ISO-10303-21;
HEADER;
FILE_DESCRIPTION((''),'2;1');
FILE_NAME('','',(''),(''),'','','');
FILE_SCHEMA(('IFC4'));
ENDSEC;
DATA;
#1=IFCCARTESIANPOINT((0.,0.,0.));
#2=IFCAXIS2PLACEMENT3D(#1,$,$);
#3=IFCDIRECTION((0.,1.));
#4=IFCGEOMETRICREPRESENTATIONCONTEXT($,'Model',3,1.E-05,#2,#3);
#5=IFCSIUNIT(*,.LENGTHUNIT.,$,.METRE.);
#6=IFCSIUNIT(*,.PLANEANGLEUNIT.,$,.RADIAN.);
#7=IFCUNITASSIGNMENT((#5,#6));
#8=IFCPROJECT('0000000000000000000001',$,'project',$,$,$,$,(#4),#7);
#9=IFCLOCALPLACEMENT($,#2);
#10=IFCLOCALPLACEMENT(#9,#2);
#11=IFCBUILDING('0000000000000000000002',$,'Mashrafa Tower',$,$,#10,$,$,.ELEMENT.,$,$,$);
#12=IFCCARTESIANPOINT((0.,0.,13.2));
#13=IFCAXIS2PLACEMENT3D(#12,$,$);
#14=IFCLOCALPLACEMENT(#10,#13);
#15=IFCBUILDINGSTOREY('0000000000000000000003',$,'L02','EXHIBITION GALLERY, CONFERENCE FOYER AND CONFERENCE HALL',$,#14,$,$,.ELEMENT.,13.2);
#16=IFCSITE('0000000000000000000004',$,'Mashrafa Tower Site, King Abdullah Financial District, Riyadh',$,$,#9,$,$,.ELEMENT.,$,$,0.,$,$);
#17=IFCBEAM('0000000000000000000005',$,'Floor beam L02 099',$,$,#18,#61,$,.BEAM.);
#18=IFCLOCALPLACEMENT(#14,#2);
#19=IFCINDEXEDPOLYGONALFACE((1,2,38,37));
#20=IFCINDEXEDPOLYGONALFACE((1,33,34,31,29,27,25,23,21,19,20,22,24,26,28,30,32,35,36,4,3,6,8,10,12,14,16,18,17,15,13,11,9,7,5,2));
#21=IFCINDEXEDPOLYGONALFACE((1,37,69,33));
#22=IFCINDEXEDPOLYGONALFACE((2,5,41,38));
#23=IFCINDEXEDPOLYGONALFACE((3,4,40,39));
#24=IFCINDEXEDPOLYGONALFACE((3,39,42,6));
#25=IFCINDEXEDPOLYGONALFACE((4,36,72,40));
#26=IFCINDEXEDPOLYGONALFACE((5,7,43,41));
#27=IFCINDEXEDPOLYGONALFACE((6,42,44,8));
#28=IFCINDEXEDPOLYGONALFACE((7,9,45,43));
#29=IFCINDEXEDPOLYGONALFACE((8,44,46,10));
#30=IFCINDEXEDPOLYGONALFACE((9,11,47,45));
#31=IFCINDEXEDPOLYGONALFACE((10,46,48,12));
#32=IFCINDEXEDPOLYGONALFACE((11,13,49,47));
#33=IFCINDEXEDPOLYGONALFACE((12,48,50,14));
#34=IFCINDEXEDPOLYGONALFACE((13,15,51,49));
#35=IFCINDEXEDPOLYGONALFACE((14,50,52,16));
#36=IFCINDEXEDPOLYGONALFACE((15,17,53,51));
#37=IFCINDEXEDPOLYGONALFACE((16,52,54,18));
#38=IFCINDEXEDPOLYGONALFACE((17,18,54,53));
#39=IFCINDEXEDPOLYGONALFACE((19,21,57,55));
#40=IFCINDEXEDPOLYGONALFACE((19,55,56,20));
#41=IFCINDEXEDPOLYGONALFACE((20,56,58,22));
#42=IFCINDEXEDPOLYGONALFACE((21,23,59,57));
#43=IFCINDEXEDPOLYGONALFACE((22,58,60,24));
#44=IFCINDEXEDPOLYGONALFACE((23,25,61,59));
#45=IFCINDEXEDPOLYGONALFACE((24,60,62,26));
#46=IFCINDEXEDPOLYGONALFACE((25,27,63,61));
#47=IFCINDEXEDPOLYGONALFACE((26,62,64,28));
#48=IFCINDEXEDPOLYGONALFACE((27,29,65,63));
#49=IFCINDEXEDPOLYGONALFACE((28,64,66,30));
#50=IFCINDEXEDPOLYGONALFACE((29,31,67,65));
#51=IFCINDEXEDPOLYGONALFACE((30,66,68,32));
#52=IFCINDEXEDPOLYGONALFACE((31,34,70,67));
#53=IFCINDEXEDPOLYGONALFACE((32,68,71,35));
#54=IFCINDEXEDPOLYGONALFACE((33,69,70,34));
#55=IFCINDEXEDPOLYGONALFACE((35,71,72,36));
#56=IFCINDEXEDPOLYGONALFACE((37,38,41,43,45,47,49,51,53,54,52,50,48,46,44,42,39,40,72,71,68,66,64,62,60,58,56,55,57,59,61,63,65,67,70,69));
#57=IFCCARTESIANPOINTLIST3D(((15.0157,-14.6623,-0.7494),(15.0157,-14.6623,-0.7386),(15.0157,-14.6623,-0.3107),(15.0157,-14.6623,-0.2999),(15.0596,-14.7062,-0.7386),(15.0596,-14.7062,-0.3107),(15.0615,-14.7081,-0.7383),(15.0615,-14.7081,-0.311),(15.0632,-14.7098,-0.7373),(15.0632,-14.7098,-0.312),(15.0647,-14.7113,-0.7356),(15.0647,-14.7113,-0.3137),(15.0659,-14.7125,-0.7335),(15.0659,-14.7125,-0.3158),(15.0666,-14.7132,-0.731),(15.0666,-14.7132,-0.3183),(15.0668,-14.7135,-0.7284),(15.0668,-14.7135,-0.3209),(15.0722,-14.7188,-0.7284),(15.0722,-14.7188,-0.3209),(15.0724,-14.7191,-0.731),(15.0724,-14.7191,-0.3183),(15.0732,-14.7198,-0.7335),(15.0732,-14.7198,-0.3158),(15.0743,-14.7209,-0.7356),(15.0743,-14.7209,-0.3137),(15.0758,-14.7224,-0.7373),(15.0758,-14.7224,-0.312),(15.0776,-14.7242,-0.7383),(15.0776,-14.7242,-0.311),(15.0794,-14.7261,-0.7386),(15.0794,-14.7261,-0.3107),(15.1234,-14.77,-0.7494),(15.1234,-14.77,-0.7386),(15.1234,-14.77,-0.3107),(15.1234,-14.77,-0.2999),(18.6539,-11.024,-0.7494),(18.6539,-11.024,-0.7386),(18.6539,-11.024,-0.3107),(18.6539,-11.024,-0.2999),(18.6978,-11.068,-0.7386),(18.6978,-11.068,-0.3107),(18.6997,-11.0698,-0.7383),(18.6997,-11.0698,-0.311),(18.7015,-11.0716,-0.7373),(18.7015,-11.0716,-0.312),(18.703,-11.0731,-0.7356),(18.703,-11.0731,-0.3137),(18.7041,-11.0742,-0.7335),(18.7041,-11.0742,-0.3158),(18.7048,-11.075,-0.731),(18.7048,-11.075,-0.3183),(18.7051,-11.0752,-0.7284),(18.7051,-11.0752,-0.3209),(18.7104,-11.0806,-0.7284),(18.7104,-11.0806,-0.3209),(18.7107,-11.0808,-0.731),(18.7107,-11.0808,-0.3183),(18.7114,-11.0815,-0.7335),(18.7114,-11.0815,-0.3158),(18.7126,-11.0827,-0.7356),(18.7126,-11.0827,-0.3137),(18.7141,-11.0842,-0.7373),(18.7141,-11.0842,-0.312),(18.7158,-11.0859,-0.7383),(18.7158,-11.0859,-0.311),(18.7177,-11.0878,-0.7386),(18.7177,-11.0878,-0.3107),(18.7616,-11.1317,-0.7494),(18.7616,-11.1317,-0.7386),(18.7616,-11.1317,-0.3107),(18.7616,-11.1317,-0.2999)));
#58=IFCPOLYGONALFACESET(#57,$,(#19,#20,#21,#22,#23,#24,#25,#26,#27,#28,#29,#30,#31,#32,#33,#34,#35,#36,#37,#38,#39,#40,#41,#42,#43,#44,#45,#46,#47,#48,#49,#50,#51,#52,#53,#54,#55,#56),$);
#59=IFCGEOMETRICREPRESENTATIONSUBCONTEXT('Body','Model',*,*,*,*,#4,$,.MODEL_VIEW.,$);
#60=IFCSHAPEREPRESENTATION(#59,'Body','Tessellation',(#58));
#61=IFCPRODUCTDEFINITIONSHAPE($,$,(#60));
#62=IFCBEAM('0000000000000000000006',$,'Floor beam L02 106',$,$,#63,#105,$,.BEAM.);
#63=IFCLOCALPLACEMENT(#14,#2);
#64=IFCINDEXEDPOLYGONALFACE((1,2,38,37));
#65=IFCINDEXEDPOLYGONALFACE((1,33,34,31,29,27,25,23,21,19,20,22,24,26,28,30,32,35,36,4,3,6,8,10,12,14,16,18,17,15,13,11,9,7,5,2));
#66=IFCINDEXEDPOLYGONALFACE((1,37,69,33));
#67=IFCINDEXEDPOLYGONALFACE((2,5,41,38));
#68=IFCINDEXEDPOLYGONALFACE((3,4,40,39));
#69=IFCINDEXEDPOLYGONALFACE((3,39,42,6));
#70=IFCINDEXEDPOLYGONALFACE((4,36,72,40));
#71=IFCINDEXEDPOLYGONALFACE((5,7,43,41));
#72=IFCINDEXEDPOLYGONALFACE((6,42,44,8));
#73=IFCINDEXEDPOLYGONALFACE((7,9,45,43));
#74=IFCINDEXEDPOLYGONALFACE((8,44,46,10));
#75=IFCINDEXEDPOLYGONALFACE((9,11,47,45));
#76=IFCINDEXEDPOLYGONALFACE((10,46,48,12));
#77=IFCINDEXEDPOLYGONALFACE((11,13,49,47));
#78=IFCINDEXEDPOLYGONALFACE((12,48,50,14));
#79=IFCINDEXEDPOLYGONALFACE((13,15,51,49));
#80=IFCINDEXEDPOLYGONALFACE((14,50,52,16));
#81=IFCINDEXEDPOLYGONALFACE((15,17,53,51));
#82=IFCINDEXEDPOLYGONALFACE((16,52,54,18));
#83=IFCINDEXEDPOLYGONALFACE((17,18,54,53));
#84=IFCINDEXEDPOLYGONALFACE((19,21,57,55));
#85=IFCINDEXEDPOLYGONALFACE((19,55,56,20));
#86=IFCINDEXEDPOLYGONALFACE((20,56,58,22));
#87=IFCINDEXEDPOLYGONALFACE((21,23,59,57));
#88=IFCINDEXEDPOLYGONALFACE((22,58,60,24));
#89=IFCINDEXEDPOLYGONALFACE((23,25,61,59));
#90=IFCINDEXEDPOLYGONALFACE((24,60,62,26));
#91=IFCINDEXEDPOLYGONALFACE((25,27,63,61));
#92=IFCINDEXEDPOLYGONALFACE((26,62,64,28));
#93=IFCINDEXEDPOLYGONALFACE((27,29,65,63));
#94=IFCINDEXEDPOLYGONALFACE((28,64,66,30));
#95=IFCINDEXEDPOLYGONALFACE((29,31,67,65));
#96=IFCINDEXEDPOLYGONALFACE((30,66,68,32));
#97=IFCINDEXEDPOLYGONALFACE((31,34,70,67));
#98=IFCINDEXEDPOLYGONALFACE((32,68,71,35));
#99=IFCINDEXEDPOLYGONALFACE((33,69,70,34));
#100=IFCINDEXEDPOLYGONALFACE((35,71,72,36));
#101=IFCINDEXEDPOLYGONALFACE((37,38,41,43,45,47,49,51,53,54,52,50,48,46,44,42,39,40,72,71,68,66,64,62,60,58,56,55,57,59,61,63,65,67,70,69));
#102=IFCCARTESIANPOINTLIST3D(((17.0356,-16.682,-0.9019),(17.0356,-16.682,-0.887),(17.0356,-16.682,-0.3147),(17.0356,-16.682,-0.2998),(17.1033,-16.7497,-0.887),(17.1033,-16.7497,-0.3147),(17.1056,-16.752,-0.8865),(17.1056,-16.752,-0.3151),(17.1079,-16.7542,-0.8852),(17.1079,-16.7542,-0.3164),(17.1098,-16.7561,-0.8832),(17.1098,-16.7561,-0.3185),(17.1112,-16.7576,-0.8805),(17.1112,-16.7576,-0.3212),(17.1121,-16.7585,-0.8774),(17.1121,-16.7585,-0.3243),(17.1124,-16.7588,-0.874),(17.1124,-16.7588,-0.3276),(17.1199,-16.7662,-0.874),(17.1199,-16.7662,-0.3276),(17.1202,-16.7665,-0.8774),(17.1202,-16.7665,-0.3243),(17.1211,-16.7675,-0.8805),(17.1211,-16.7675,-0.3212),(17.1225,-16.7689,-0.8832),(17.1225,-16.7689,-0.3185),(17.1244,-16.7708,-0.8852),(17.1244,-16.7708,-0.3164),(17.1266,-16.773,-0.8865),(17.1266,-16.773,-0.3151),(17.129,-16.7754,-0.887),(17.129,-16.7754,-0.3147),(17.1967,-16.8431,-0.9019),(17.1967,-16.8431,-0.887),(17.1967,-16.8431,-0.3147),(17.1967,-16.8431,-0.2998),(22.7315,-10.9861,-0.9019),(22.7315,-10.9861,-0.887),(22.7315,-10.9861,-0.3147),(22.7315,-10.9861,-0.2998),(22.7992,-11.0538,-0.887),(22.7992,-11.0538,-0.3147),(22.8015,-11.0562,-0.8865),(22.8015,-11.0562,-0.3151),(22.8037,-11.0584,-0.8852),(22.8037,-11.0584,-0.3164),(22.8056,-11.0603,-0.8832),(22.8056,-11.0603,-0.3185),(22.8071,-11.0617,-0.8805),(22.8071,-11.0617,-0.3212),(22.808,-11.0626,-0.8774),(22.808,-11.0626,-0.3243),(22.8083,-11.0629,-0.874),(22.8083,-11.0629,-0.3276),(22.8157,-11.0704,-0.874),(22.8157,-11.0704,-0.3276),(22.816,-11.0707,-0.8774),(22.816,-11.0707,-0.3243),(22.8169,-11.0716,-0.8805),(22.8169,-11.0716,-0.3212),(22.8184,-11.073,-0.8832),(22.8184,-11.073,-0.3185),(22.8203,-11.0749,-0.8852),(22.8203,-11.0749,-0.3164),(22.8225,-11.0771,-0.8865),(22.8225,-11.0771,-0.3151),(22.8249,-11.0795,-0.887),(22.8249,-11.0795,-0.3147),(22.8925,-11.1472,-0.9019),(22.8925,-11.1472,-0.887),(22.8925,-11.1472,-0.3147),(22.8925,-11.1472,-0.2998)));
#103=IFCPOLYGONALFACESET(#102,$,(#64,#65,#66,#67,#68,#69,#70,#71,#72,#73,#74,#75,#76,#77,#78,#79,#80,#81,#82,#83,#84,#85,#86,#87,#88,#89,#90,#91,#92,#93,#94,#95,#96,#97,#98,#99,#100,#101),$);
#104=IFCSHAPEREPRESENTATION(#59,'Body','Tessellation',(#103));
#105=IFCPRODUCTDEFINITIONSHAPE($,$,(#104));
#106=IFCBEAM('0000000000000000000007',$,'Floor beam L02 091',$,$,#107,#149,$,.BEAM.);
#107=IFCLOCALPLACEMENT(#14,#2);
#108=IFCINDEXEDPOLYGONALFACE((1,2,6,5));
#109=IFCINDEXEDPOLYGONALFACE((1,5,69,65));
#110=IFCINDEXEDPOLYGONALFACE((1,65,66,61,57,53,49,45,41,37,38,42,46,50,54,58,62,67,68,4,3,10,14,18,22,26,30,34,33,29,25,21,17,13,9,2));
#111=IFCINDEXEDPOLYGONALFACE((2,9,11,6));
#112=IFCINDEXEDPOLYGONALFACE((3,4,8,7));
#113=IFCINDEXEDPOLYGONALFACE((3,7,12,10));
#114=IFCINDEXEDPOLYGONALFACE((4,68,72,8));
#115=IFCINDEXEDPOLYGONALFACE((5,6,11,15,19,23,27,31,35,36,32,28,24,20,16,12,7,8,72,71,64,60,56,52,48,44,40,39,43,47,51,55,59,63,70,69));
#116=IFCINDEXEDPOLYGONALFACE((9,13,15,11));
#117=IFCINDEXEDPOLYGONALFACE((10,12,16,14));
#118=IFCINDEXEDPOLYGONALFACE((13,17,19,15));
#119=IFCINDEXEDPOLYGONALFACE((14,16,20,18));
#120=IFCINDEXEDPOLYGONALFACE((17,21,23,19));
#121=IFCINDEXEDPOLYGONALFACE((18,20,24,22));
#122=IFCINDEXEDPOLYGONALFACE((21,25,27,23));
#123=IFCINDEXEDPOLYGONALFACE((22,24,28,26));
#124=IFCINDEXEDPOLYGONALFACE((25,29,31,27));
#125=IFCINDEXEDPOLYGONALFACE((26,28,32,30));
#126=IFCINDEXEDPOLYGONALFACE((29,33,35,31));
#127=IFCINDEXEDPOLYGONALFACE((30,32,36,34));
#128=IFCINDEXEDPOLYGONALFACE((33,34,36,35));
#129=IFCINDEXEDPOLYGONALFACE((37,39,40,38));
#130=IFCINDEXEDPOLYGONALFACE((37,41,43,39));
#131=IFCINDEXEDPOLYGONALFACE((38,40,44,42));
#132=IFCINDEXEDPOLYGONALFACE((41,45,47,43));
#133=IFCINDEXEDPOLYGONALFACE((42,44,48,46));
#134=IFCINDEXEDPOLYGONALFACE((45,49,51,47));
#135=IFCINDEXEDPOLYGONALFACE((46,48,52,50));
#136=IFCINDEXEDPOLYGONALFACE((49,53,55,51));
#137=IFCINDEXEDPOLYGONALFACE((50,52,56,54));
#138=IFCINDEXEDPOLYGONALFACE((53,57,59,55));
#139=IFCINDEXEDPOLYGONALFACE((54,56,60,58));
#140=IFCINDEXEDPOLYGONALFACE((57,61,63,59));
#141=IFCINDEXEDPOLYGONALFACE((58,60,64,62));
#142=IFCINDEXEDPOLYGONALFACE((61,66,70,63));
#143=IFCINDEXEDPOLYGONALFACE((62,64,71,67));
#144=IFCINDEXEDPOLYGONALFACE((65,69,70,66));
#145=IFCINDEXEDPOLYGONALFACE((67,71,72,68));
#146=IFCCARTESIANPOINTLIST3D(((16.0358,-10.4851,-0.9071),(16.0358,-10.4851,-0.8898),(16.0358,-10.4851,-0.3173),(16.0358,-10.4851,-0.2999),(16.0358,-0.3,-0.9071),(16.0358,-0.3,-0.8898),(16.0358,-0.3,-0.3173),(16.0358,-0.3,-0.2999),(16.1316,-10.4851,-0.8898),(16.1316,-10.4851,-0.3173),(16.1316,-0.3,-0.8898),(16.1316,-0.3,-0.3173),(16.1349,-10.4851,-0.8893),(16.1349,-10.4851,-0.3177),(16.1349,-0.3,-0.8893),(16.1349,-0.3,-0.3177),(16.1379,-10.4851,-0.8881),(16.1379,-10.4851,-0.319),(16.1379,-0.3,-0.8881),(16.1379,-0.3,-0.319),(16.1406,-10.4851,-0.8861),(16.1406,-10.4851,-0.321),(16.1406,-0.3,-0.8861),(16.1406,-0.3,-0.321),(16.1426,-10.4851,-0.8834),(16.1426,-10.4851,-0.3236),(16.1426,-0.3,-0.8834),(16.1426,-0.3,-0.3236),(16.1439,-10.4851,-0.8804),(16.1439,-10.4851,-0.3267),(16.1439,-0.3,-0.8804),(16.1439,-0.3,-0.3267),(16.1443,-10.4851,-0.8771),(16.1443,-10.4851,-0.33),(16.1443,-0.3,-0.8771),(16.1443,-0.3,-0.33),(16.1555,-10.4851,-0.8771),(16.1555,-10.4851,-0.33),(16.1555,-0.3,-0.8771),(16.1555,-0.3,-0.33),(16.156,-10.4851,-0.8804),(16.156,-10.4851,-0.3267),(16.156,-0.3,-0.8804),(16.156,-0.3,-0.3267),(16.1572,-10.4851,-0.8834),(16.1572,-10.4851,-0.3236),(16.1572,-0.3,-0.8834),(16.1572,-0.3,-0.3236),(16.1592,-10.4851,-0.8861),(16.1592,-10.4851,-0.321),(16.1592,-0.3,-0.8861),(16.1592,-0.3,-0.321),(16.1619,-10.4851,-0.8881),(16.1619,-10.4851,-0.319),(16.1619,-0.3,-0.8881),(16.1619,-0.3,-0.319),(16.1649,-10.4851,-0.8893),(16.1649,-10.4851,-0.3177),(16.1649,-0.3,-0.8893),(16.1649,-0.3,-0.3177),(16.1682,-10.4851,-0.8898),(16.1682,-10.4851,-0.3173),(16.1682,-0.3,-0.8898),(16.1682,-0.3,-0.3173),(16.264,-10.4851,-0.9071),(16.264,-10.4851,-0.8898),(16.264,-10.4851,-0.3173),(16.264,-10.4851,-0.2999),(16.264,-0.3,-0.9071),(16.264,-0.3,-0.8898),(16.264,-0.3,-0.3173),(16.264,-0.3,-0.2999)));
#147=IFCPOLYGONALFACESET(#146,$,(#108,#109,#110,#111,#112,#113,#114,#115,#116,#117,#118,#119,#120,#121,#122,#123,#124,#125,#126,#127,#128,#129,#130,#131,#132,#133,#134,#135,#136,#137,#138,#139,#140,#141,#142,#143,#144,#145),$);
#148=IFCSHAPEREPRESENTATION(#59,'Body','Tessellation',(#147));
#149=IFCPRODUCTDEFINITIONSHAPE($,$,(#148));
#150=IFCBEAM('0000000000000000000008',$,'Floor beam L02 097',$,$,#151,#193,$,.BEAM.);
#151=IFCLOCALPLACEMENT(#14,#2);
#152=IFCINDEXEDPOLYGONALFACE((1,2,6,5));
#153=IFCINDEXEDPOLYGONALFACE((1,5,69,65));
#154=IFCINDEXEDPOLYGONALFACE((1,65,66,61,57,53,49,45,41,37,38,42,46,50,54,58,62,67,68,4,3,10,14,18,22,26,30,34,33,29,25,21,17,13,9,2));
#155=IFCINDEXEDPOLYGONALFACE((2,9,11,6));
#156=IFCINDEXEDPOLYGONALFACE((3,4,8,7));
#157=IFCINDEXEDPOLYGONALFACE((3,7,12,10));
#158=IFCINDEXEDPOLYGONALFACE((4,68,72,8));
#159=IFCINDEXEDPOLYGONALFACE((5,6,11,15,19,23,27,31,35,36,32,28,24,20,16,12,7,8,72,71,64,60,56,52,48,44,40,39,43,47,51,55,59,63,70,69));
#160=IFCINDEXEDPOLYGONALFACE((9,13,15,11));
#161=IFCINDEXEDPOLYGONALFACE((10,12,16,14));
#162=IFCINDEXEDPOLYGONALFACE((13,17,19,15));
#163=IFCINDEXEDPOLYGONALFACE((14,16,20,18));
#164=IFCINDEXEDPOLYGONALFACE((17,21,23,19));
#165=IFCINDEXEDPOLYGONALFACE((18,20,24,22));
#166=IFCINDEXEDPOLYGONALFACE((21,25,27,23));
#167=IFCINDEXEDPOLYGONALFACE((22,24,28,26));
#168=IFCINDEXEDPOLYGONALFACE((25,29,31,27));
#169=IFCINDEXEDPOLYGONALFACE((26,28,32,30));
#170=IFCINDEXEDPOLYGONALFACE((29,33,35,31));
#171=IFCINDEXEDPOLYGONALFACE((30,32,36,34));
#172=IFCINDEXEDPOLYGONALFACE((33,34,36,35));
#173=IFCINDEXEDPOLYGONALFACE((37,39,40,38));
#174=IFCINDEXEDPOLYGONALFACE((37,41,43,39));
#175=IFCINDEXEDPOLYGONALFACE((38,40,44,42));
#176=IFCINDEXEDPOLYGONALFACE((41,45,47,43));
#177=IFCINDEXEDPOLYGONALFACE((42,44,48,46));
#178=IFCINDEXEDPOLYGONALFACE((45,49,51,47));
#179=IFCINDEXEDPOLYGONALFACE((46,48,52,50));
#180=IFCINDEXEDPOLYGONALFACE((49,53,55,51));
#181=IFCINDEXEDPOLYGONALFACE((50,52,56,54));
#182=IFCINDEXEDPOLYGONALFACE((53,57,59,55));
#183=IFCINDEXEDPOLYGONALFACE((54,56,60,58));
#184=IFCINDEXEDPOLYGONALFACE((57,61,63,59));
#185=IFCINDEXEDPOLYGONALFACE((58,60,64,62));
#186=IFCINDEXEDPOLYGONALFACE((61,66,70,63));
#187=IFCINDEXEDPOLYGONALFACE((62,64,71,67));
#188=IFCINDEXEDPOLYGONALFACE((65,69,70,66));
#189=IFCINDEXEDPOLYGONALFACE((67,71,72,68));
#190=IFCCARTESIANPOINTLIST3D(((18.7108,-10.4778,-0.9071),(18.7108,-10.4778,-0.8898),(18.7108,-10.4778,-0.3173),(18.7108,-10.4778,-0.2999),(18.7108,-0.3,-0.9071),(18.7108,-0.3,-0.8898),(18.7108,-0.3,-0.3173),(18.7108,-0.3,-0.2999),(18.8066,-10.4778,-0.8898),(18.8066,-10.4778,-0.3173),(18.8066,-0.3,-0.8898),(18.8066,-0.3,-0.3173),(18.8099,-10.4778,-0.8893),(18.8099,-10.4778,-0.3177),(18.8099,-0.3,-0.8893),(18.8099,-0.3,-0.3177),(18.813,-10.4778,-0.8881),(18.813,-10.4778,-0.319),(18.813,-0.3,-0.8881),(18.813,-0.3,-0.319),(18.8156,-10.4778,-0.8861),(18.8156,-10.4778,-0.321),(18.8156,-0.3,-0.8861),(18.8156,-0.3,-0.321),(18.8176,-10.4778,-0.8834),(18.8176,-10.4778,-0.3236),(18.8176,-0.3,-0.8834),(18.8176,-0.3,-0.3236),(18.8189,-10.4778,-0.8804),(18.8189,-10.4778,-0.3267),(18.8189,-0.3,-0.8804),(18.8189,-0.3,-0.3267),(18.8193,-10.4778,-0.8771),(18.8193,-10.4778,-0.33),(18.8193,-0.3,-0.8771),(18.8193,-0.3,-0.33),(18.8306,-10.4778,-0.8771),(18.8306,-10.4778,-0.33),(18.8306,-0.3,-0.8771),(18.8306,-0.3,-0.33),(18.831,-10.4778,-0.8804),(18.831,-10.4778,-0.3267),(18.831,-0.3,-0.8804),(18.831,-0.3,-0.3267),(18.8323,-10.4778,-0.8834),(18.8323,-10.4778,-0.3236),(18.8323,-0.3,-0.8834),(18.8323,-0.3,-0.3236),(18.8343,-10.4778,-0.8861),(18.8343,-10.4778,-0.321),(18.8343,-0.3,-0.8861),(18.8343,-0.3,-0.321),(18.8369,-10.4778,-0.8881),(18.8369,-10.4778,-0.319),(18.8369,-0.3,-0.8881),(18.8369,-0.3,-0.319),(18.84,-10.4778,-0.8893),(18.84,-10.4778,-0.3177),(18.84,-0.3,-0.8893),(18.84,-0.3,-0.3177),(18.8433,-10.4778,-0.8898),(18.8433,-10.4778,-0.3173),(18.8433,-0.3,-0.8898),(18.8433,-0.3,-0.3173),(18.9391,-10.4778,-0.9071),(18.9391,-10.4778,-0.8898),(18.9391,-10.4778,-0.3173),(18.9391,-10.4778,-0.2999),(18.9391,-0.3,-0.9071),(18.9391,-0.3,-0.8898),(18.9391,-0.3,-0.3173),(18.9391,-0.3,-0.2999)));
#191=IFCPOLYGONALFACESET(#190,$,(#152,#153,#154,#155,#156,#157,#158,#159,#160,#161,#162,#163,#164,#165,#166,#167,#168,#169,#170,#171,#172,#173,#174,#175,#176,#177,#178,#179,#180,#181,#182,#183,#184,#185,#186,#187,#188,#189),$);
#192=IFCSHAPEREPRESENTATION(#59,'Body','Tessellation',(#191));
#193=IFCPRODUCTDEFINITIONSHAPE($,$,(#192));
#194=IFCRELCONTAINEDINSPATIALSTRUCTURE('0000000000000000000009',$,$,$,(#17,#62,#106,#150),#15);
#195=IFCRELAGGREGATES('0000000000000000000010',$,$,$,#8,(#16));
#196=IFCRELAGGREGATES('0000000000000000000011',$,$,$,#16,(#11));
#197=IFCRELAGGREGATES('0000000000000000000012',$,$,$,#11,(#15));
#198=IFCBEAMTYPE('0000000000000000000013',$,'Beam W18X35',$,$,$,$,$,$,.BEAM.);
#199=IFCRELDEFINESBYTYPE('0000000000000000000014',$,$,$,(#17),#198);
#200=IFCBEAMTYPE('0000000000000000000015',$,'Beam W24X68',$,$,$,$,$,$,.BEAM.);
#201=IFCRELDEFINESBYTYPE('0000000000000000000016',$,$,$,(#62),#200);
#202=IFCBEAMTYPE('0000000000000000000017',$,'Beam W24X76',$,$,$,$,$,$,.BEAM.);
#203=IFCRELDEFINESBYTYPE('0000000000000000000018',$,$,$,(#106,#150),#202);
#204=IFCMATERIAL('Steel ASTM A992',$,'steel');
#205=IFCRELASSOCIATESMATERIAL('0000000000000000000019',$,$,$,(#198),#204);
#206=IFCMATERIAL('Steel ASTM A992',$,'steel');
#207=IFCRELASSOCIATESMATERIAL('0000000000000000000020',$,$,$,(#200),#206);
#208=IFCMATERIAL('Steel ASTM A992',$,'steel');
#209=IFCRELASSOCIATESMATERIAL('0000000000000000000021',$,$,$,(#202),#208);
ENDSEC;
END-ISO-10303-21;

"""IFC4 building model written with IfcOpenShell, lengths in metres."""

from ifc_helpers import new_model, si_unit, direction, frame, origin, origin_2d, place, context, subcontext, project, spatial, i_section, extrude, material, material_profile, profile_set, type_object, element, save


model = new_model("IFC4")

# Units and contexts
model_context = context("Model", 3, precision=1e-05, world=origin(), true_north=direction((0.0, 1.0)))
body_context = subcontext(model_context, "Body", "Model", "MODEL_VIEW")
ifc_project = project(units=[si_unit("LENGTHUNIT", "METRE"), si_unit("PLANEANGLEUNIT", "RADIAN")], contexts=[model_context])

# Site, building, storey
site_placement = place(None, origin())
site = spatial("IfcSite", under=ifc_project, at=site_placement, Name="Mashrafa Tower Site, King Abdullah Financial District, Riyadh", CompositionType="ELEMENT", RefElevation=0.0)
building_placement = place(site_placement, origin())
building = spatial("IfcBuilding", under=site, at=building_placement, Name="Mashrafa Tower", CompositionType="ELEMENT")
storey_placement = place(building_placement, frame((0.0, 0.0, 13.2)))
storey = spatial("IfcBuildingStorey", under=building, at=storey_placement, Name="L02", Description="EXHIBITION GALLERY, CONFERENCE FOYER AND CONFERENCE HALL", CompositionType="ELEMENT", Elevation=13.2)

# Beams
ifc_material_1 = material(Name="Steel ASTM A992", Category="steel")
ifc_material_profile_1 = material_profile(ifc_material_1, i_section(OverallWidth=0.1523, OverallDepth=0.4495, WebThickness=0.0076, FlangeThickness=0.0107, FilletRadius=0.0103, at=origin_2d()), Name="W18X35")
ifc_profile_set_1 = profile_set([ifc_material_profile_1], Name="Steel ASTM A992")
beam_type_1 = type_object("IfcBeamType", Name="Beam W18X35", PredefinedType="BEAM", material=ifc_profile_set_1)
beam_1_placement = place(storey_placement, frame((18.7078, -11.0779, -0.5247), z_axis=(-0.707107, -0.707107, 0.0), x_axis=(0.707107, -0.707107, 0.0)))
element("IfcBeam", 1, at=beam_1_placement, inside=storey, type_object=beam_type_1, Name="Floor beam L02 099", PredefinedType="BEAM", context=body_context, shape_type="SweptSolid", body=[
    extrude(i_section(OverallWidth=0.1523, OverallDepth=0.4495, WebThickness=0.0076, FlangeThickness=0.0107, FilletRadius=0.0103, at=origin_2d()), origin(), (0.0, 0.0, 1.0), 5.1453),
])
ifc_material_2 = material(Name="Steel ASTM A992", Category="steel")
ifc_material_profile_2 = material_profile(ifc_material_2, i_section(OverallWidth=0.2278, OverallDepth=0.6021, WebThickness=0.0105, FlangeThickness=0.0149, FilletRadius=0.0129, at=origin_2d()), Name="W24X68")
ifc_profile_set_2 = profile_set([ifc_material_profile_2], Name="Steel ASTM A992")
beam_type_2 = type_object("IfcBeamType", Name="Beam W24X68", PredefinedType="BEAM", material=ifc_profile_set_2)
beam_2_placement = place(storey_placement, frame((22.812, -11.0667, -0.6008), z_axis=(-0.707107, -0.707107, 0.0), x_axis=(0.707107, -0.707107, 0.0)))
element("IfcBeam", 2, at=beam_2_placement, inside=storey, type_object=beam_type_2, Name="Floor beam L02 106", PredefinedType="BEAM", context=body_context, shape_type="SweptSolid", body=[
    extrude(i_section(OverallWidth=0.2278, OverallDepth=0.6021, WebThickness=0.0105, FlangeThickness=0.0149, FilletRadius=0.0129, at=origin_2d()), origin(), (0.0, 0.0, 1.0), 8.0552),
])
ifc_material_3 = material(Name="Steel ASTM A992", Category="steel")
ifc_material_profile_3 = material_profile(ifc_material_3, i_section(OverallWidth=0.2283, OverallDepth=0.6072, WebThickness=0.0112, FlangeThickness=0.0173, FilletRadius=0.0127, at=origin_2d()), Name="W24X76")
ifc_profile_set_3 = profile_set([ifc_material_profile_3], Name="Steel ASTM A992")
beam_type_3 = type_object("IfcBeamType", Name="Beam W24X76", PredefinedType="BEAM", material=ifc_profile_set_3)
beam_3_placement = place(storey_placement, frame((16.1499, -0.3, -0.6035), z_axis=(0.0, -1.0, 0.0), x_axis=(1.0, 0.0, 0.0)))
element("IfcBeam", 3, at=beam_3_placement, inside=storey, type_object=beam_type_3, Name="Floor beam L02 091", PredefinedType="BEAM", context=body_context, shape_type="SweptSolid", body=[
    extrude(i_section(OverallWidth=0.2283, OverallDepth=0.6072, WebThickness=0.0112, FlangeThickness=0.0173, FilletRadius=0.0127, at=origin_2d()), origin(), (0.0, 0.0, 1.0), 10.1851),
])
beam_4_placement = place(storey_placement, frame((18.825, -0.3, -0.6035), z_axis=(0.0, -1.0, 0.0), x_axis=(1.0, 0.0, 0.0)))
element("IfcBeam", 4, at=beam_4_placement, inside=storey, type_object=beam_type_3, Name="Floor beam L02 097", PredefinedType="BEAM", context=body_context, shape_type="SweptSolid", body=[
    extrude(i_section(OverallWidth=0.2283, OverallDepth=0.6072, WebThickness=0.0112, FlangeThickness=0.0173, FilletRadius=0.0127, at=origin_2d()), origin(), (0.0, 0.0, 1.0), 10.1777),
])

save(model, "model.ifc")
